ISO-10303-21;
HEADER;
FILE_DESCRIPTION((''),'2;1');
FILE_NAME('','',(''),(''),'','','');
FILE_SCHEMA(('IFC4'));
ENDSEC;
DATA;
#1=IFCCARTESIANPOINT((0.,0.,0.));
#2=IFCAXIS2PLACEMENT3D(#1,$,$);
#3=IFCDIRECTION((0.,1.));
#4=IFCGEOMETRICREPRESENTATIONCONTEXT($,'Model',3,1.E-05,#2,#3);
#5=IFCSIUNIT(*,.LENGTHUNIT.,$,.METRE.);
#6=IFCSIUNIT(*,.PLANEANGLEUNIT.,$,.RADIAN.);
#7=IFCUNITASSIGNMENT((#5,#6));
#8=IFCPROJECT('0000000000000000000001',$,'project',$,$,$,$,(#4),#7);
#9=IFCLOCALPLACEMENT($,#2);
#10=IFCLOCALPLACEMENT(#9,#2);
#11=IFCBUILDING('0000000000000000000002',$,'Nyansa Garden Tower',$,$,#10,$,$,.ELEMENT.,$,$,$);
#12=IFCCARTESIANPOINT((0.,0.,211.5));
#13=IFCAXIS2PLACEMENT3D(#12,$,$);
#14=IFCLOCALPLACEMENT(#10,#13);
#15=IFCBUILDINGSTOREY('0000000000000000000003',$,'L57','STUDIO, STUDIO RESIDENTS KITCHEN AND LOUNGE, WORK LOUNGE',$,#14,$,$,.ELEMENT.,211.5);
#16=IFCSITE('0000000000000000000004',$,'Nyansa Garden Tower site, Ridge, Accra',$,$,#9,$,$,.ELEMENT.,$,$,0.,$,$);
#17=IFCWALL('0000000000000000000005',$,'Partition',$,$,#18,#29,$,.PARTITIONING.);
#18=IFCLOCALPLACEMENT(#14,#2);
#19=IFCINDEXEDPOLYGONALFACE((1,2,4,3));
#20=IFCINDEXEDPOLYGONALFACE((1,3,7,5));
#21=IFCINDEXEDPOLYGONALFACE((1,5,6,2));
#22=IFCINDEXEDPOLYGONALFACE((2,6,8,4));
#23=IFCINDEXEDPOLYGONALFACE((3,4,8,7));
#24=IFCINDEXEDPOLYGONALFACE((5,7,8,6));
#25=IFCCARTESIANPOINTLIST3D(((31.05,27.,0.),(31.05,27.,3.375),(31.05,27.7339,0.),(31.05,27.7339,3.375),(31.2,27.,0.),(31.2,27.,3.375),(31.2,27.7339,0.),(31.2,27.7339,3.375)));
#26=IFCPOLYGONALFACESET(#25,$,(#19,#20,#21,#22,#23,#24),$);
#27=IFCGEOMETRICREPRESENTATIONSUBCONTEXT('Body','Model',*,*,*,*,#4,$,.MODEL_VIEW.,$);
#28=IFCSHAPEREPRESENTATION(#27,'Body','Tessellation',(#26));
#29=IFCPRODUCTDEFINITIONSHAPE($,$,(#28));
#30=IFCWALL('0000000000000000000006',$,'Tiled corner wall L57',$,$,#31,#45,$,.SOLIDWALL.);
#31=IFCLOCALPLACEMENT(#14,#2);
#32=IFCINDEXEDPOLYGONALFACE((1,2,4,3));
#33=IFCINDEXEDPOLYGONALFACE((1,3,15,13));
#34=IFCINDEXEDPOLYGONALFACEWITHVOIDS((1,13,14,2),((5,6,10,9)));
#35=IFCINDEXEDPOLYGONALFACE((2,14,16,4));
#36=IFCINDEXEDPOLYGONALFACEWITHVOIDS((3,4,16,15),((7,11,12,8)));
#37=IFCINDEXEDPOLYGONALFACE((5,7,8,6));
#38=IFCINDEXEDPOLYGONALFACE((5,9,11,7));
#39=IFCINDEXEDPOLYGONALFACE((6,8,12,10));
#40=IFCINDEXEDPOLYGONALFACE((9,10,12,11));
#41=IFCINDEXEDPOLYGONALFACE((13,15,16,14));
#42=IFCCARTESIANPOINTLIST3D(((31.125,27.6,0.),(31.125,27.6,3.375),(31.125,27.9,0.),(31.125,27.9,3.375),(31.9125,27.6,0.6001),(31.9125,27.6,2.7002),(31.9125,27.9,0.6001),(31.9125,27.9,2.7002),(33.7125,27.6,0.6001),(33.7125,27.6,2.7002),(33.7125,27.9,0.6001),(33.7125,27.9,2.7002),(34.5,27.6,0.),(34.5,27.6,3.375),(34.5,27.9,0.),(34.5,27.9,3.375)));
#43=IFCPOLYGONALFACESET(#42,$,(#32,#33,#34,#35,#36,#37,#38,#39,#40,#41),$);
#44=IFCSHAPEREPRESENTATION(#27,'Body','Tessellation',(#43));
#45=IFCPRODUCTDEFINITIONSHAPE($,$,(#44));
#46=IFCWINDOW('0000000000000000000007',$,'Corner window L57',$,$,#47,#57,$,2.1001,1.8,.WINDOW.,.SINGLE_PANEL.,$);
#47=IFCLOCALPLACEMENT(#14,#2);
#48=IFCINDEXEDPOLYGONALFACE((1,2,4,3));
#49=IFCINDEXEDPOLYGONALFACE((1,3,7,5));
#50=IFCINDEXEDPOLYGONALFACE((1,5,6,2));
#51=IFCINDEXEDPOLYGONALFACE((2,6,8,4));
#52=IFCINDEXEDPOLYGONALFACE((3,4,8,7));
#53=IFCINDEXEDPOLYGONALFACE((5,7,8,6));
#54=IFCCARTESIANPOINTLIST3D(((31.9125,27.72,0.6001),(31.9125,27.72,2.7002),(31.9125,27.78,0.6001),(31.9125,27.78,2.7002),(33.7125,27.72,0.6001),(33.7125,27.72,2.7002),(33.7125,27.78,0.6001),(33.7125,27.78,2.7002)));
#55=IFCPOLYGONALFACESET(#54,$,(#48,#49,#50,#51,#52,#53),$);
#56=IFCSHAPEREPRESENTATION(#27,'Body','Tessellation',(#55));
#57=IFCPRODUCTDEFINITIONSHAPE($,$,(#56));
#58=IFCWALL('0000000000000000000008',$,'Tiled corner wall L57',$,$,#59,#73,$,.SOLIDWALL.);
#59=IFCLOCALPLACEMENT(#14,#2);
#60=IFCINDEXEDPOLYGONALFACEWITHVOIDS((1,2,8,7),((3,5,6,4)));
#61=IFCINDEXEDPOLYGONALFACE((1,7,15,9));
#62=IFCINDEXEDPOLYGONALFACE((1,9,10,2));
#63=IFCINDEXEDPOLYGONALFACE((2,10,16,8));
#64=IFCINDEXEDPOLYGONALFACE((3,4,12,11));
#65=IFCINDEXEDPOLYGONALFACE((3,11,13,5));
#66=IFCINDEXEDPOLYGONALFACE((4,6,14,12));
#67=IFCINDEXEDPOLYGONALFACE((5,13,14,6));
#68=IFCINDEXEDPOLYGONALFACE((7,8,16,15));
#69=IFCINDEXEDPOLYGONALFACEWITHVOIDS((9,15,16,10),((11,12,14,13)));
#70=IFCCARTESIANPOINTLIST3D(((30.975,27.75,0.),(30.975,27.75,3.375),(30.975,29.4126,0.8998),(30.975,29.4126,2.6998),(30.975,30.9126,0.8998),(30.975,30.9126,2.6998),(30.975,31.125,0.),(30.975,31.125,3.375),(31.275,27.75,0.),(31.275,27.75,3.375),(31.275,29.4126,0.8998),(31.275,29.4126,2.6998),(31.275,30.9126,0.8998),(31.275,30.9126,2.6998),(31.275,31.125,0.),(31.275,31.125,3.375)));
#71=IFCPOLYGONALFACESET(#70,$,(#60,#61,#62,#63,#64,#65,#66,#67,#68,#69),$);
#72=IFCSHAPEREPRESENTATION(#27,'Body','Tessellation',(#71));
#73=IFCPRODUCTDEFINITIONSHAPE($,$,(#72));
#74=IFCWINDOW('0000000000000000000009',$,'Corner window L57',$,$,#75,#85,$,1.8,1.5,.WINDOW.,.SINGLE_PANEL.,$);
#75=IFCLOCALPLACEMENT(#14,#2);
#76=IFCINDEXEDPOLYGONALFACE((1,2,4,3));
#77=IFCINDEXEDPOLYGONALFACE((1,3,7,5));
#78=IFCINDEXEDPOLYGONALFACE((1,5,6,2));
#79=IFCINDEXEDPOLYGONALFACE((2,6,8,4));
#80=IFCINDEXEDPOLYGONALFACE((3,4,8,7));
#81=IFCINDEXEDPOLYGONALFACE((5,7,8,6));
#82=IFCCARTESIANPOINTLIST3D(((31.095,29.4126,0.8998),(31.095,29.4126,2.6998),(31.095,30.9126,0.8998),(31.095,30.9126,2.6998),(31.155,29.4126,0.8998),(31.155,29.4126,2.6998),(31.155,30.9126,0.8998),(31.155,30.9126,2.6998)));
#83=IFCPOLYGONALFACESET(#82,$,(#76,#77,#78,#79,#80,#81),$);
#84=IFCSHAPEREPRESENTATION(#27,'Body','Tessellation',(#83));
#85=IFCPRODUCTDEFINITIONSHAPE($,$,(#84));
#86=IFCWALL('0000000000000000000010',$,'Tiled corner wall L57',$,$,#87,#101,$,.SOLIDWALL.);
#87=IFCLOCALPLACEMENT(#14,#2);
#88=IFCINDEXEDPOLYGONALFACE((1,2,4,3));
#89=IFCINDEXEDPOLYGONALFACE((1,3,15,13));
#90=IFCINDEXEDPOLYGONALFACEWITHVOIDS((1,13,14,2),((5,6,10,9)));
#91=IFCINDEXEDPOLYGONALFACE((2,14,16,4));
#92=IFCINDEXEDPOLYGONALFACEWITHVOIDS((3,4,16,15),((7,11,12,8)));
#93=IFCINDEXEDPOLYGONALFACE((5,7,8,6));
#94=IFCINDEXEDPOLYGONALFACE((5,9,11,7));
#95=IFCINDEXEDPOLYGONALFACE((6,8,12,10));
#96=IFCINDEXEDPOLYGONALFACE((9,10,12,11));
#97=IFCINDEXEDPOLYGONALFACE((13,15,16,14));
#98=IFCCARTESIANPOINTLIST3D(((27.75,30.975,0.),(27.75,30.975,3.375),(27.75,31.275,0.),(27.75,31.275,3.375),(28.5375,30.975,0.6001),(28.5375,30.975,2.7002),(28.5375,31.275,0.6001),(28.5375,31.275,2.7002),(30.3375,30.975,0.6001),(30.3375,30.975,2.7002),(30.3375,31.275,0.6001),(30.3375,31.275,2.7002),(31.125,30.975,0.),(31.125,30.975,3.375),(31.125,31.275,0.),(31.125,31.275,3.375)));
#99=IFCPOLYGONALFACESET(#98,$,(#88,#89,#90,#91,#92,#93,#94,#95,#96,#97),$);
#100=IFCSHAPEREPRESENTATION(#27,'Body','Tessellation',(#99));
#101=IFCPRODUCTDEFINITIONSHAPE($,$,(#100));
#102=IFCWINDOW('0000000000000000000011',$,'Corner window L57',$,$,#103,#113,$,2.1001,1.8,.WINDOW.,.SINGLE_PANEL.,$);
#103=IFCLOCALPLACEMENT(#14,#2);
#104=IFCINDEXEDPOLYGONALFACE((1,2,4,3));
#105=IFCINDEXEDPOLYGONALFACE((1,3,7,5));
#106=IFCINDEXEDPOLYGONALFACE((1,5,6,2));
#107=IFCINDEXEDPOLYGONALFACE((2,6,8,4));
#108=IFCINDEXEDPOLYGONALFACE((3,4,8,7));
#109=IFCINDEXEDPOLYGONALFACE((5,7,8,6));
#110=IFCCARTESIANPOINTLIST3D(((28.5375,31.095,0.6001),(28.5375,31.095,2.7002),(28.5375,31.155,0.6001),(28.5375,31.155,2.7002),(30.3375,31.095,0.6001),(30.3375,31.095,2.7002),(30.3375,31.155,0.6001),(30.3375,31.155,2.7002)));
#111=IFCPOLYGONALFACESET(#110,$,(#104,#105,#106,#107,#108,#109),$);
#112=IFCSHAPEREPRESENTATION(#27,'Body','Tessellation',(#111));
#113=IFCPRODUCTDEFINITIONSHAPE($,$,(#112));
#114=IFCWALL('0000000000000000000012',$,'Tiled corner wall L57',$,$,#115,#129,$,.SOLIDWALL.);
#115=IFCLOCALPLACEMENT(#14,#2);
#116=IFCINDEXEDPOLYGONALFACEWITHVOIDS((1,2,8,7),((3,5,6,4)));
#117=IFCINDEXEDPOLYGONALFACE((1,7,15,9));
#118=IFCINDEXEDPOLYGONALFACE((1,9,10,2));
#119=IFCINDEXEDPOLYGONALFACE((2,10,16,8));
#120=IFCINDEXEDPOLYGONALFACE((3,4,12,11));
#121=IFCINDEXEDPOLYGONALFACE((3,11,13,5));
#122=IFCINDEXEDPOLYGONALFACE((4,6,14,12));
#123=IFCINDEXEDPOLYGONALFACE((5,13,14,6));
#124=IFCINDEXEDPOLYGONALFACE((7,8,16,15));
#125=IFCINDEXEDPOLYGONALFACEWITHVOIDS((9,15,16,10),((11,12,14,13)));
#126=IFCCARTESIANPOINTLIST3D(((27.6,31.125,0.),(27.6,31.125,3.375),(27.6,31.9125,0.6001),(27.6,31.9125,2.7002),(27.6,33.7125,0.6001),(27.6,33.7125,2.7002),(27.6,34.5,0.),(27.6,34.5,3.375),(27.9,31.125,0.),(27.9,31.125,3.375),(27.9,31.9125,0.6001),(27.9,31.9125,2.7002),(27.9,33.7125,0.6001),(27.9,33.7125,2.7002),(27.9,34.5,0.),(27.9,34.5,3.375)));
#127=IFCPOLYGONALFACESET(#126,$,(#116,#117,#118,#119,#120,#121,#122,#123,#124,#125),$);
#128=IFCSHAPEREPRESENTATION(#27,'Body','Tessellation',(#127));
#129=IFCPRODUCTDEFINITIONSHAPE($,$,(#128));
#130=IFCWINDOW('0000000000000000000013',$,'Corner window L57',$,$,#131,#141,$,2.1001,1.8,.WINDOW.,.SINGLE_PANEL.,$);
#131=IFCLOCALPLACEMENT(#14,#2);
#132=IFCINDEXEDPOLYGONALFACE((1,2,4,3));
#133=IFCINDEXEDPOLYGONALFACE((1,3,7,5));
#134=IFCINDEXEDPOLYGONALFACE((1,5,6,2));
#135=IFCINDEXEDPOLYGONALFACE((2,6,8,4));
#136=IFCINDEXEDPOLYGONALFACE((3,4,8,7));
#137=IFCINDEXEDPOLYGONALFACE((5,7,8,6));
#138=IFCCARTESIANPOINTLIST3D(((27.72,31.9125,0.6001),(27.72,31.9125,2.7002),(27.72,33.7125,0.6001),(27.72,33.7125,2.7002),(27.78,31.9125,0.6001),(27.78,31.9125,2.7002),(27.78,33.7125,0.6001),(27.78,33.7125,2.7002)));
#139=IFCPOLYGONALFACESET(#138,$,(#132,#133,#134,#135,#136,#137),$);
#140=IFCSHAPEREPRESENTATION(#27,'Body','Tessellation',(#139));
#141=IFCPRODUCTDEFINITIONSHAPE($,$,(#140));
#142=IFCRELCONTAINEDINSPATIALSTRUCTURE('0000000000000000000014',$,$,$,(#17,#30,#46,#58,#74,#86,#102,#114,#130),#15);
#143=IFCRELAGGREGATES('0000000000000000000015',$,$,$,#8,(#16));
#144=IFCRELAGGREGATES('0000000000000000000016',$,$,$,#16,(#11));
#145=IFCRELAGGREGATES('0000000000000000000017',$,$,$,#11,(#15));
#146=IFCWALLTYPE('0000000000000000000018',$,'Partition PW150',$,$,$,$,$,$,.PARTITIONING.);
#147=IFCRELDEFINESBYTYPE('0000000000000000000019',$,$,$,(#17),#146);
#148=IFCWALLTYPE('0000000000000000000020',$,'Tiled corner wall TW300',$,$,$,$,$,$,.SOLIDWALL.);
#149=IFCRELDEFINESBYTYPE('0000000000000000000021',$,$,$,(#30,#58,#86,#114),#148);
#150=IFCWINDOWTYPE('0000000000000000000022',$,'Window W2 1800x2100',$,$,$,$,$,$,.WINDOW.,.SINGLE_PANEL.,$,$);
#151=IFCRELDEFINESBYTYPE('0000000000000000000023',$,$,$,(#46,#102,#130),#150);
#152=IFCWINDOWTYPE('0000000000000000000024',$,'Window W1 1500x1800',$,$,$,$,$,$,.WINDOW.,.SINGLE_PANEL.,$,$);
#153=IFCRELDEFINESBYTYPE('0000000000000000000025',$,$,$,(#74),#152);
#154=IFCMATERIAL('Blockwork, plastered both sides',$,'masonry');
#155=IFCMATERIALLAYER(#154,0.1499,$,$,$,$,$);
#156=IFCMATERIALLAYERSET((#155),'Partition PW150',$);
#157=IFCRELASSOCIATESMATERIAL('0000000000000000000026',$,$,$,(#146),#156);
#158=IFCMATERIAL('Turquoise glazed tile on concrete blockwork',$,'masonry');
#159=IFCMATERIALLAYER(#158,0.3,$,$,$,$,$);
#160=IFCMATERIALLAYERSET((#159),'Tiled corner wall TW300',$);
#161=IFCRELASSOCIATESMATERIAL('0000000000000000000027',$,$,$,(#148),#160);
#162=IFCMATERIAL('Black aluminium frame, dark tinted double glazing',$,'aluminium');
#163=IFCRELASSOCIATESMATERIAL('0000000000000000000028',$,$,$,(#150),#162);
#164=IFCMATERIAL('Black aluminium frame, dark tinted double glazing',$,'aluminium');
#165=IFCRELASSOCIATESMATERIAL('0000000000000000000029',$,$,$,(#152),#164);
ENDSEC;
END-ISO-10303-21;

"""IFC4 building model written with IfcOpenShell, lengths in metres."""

from ifc_helpers import new_model, si_unit, direction, frame, frame_2d, origin, place, context, subcontext, project, spatial, rectangle, extrude, material, layer, layer_set, type_object, element, fill, save


model = new_model("IFC4")

# Units and contexts
model_context = context("Model", 3, precision=1e-05, world=origin(), true_north=direction((0.0, 1.0)))
body_context = subcontext(model_context, "Body", "Model", "MODEL_VIEW")
ifc_project = project(units=[si_unit("LENGTHUNIT", "METRE"), si_unit("PLANEANGLEUNIT", "RADIAN")], contexts=[model_context])

# Site, building, storey
site_placement = place(None, origin())
site = spatial("IfcSite", under=ifc_project, at=site_placement, Name="Nyansa Garden Tower site, Ridge, Accra", CompositionType="ELEMENT", RefElevation=0.0)
building_placement = place(site_placement, origin())
building = spatial("IfcBuilding", under=site, at=building_placement, Name="Nyansa Garden Tower", CompositionType="ELEMENT")
storey_placement = place(building_placement, frame((0.0, 0.0, 211.5)))
storey = spatial("IfcBuildingStorey", under=building, at=storey_placement, Name="L57", Description="STUDIO, STUDIO RESIDENTS KITCHEN AND LOUNGE, WORK LOUNGE", CompositionType="ELEMENT", Elevation=211.5)

# Wall
ifc_material_1 = material(Name="Blockwork, plastered both sides", Category="masonry")
ifc_layer_1 = layer(ifc_material_1, 0.1499)
ifc_layer_set_1 = layer_set([ifc_layer_1], Name="Partition PW150")
wall_type_1 = type_object("IfcWallType", Name="Partition PW150", PredefinedType="PARTITIONING", material=ifc_layer_set_1)
wall_1_placement = place(storey_placement, frame((31.125, 27.0, 0.0), z_axis=(0.0, 0.0, 1.0), x_axis=(0.0, 1.0, 0.0)))
element("IfcWall", 1, at=wall_1_placement, inside=storey, type_object=wall_type_1, Name="Partition", PredefinedType="PARTITIONING", context=body_context, shape_type="SweptSolid", body=[
    extrude(rectangle(XDim=0.7339, YDim=0.1499, at=frame_2d((0.3669, 0.0))), origin(), (0.0, 0.0, 1.0), 3.375),
])

# Walls, openings, windows
ifc_material_2 = material(Name="Turquoise glazed tile on concrete blockwork", Category="masonry")
ifc_layer_2 = layer(ifc_material_2, 0.3)
ifc_layer_set_2 = layer_set([ifc_layer_2], Name="Tiled corner wall TW300")
wall_type_2 = type_object("IfcWallType", Name="Tiled corner wall TW300", PredefinedType="SOLIDWALL", material=ifc_layer_set_2)
wall_2_placement = place(storey_placement, frame((34.5, 27.75, 0.0), z_axis=(0.0, 0.0, 1.0), x_axis=(-1.0, 0.0, 0.0)))
wall_2 = element("IfcWall", 2, at=wall_2_placement, inside=storey, type_object=wall_type_2, Name="Tiled corner wall L57", PredefinedType="SOLIDWALL", context=body_context, shape_type="SweptSolid", body=[
    extrude(rectangle(XDim=3.375, YDim=0.3, at=frame_2d((1.6875, 0.0))), origin(), (0.0, 0.0, 1.0), 3.375),
])
opening_1_placement = place(wall_2_placement, frame((0.7876, 0.0, 0.6001)))
opening_1 = element("IfcOpeningElement", 3, at=opening_1_placement, cuts=wall_2, PredefinedType="OPENING", context=body_context, shape_type="SweptSolid", body=[
    extrude(rectangle(XDim=1.8, YDim=2.1001, at=frame_2d((0.8999, 1.05))), frame((0.0, 0.1599, 0.0), z_axis=(0.0, -1.0, 0.0), x_axis=(1.0, 0.0, 0.0)), (0.0, 0.0, 1.0), 0.3201),
])
ifc_material_3 = material(Name="Black aluminium frame, dark tinted double glazing", Category="aluminium")
window_type_1 = type_object("IfcWindowType", Name="Window W2 1800x2100", PartitioningType="SINGLE_PANEL", PredefinedType="WINDOW", material=ifc_material_3)
window_1_placement = place(opening_1_placement, origin())
window_1 = element("IfcWindow", 4, at=window_1_placement, inside=storey, type_object=window_type_1, Name="Corner window L57", OverallHeight=2.1001, OverallWidth=1.8, PartitioningType="SINGLE_PANEL", PredefinedType="WINDOW", context=body_context, shape_type="SweptSolid", body=[
    extrude(rectangle(XDim=1.8, YDim=2.1001, at=frame_2d((0.8999, 1.05))), frame((0.0, 0.03, 0.0), z_axis=(0.0, -1.0, 0.0), x_axis=(1.0, 0.0, 0.0)), (0.0, 0.0, 1.0), 0.0601),
])
fill(opening_1, window_1)
wall_3_placement = place(storey_placement, frame((31.125, 27.75, 0.0), z_axis=(0.0, 0.0, 1.0), x_axis=(0.0, 1.0, 0.0)))
wall_3 = element("IfcWall", 5, at=wall_3_placement, inside=storey, type_object=wall_type_2, Name="Tiled corner wall L57", PredefinedType="SOLIDWALL", context=body_context, shape_type="SweptSolid", body=[
    extrude(rectangle(XDim=3.375, YDim=0.3, at=frame_2d((1.6875, 0.0))), origin(), (0.0, 0.0, 1.0), 3.375),
])
opening_2_placement = place(wall_3_placement, frame((1.6626, 0.0, 0.8999)))
opening_2 = element("IfcOpeningElement", 6, at=opening_2_placement, cuts=wall_3, PredefinedType="OPENING", context=body_context, shape_type="SweptSolid", body=[
    extrude(rectangle(XDim=1.5, YDim=1.8, at=frame_2d((0.75, 0.8999))), frame((0.0, 0.1599, 0.0), z_axis=(0.0, -1.0, 0.0), x_axis=(1.0, 0.0, 0.0)), (0.0, 0.0, 1.0), 0.3201),
])
ifc_material_4 = material(Name="Black aluminium frame, dark tinted double glazing", Category="aluminium")
window_type_2 = type_object("IfcWindowType", Name="Window W1 1500x1800", PartitioningType="SINGLE_PANEL", PredefinedType="WINDOW", material=ifc_material_4)
window_2_placement = place(opening_2_placement, origin())
window_2 = element("IfcWindow", 7, at=window_2_placement, inside=storey, type_object=window_type_2, Name="Corner window L57", OverallHeight=1.8, OverallWidth=1.5, PartitioningType="SINGLE_PANEL", PredefinedType="WINDOW", context=body_context, shape_type="SweptSolid", body=[
    extrude(rectangle(XDim=1.5, YDim=1.8, at=frame_2d((0.75, 0.8999))), frame((0.0, 0.03, 0.0), z_axis=(0.0, -1.0, 0.0), x_axis=(1.0, 0.0, 0.0)), (0.0, 0.0, 1.0), 0.0601),
])
fill(opening_2, window_2)
wall_4_placement = place(storey_placement, frame((31.125, 31.125, 0.0), z_axis=(0.0, 0.0, 1.0), x_axis=(-1.0, 0.0, 0.0)))
wall_4 = element("IfcWall", 8, at=wall_4_placement, inside=storey, type_object=wall_type_2, Name="Tiled corner wall L57", PredefinedType="SOLIDWALL", context=body_context, shape_type="SweptSolid", body=[
    extrude(rectangle(XDim=3.375, YDim=0.3, at=frame_2d((1.6875, 0.0))), origin(), (0.0, 0.0, 1.0), 3.375),
])
opening_3_placement = place(wall_4_placement, frame((0.7876, 0.0, 0.6001)))
opening_3 = element("IfcOpeningElement", 9, at=opening_3_placement, cuts=wall_4, PredefinedType="OPENING", context=body_context, shape_type="SweptSolid", body=[
    extrude(rectangle(XDim=1.8, YDim=2.1001, at=frame_2d((0.8999, 1.05))), frame((0.0, 0.1599, 0.0), z_axis=(0.0, -1.0, 0.0), x_axis=(1.0, 0.0, 0.0)), (0.0, 0.0, 1.0), 0.3201),
])
window_3_placement = place(opening_3_placement, origin())
window_3 = element("IfcWindow", 10, at=window_3_placement, inside=storey, type_object=window_type_1, Name="Corner window L57", OverallHeight=2.1001, OverallWidth=1.8, PartitioningType="SINGLE_PANEL", PredefinedType="WINDOW", context=body_context, shape_type="SweptSolid", body=[
    extrude(rectangle(XDim=1.8, YDim=2.1001, at=frame_2d((0.8999, 1.05))), frame((0.0, 0.03, 0.0), z_axis=(0.0, -1.0, 0.0), x_axis=(1.0, 0.0, 0.0)), (0.0, 0.0, 1.0), 0.0601),
])
fill(opening_3, window_3)
wall_5_placement = place(storey_placement, frame((27.75, 31.125, 0.0), z_axis=(0.0, 0.0, 1.0), x_axis=(0.0, 1.0, 0.0)))
wall_5 = element("IfcWall", 11, at=wall_5_placement, inside=storey, type_object=wall_type_2, Name="Tiled corner wall L57", PredefinedType="SOLIDWALL", context=body_context, shape_type="SweptSolid", body=[
    extrude(rectangle(XDim=3.375, YDim=0.3, at=frame_2d((1.6875, 0.0))), origin(), (0.0, 0.0, 1.0), 3.375),
])
opening_4_placement = place(wall_5_placement, frame((0.7876, 0.0, 0.6001)))
opening_4 = element("IfcOpeningElement", 12, at=opening_4_placement, cuts=wall_5, PredefinedType="OPENING", context=body_context, shape_type="SweptSolid", body=[
    extrude(rectangle(XDim=1.8, YDim=2.1001, at=frame_2d((0.8999, 1.05))), frame((0.0, 0.1599, 0.0), z_axis=(0.0, -1.0, 0.0), x_axis=(1.0, 0.0, 0.0)), (0.0, 0.0, 1.0), 0.3201),
])
window_4_placement = place(opening_4_placement, origin())
window_4 = element("IfcWindow", 13, at=window_4_placement, inside=storey, type_object=window_type_1, Name="Corner window L57", OverallHeight=2.1001, OverallWidth=1.8, PartitioningType="SINGLE_PANEL", PredefinedType="WINDOW", context=body_context, shape_type="SweptSolid", body=[
    extrude(rectangle(XDim=1.8, YDim=2.1001, at=frame_2d((0.8999, 1.05))), frame((0.0, 0.03, 0.0), z_axis=(0.0, -1.0, 0.0), x_axis=(1.0, 0.0, 0.0)), (0.0, 0.0, 1.0), 0.0601),
])
fill(opening_4, window_4)

save(model, "model.ifc")
